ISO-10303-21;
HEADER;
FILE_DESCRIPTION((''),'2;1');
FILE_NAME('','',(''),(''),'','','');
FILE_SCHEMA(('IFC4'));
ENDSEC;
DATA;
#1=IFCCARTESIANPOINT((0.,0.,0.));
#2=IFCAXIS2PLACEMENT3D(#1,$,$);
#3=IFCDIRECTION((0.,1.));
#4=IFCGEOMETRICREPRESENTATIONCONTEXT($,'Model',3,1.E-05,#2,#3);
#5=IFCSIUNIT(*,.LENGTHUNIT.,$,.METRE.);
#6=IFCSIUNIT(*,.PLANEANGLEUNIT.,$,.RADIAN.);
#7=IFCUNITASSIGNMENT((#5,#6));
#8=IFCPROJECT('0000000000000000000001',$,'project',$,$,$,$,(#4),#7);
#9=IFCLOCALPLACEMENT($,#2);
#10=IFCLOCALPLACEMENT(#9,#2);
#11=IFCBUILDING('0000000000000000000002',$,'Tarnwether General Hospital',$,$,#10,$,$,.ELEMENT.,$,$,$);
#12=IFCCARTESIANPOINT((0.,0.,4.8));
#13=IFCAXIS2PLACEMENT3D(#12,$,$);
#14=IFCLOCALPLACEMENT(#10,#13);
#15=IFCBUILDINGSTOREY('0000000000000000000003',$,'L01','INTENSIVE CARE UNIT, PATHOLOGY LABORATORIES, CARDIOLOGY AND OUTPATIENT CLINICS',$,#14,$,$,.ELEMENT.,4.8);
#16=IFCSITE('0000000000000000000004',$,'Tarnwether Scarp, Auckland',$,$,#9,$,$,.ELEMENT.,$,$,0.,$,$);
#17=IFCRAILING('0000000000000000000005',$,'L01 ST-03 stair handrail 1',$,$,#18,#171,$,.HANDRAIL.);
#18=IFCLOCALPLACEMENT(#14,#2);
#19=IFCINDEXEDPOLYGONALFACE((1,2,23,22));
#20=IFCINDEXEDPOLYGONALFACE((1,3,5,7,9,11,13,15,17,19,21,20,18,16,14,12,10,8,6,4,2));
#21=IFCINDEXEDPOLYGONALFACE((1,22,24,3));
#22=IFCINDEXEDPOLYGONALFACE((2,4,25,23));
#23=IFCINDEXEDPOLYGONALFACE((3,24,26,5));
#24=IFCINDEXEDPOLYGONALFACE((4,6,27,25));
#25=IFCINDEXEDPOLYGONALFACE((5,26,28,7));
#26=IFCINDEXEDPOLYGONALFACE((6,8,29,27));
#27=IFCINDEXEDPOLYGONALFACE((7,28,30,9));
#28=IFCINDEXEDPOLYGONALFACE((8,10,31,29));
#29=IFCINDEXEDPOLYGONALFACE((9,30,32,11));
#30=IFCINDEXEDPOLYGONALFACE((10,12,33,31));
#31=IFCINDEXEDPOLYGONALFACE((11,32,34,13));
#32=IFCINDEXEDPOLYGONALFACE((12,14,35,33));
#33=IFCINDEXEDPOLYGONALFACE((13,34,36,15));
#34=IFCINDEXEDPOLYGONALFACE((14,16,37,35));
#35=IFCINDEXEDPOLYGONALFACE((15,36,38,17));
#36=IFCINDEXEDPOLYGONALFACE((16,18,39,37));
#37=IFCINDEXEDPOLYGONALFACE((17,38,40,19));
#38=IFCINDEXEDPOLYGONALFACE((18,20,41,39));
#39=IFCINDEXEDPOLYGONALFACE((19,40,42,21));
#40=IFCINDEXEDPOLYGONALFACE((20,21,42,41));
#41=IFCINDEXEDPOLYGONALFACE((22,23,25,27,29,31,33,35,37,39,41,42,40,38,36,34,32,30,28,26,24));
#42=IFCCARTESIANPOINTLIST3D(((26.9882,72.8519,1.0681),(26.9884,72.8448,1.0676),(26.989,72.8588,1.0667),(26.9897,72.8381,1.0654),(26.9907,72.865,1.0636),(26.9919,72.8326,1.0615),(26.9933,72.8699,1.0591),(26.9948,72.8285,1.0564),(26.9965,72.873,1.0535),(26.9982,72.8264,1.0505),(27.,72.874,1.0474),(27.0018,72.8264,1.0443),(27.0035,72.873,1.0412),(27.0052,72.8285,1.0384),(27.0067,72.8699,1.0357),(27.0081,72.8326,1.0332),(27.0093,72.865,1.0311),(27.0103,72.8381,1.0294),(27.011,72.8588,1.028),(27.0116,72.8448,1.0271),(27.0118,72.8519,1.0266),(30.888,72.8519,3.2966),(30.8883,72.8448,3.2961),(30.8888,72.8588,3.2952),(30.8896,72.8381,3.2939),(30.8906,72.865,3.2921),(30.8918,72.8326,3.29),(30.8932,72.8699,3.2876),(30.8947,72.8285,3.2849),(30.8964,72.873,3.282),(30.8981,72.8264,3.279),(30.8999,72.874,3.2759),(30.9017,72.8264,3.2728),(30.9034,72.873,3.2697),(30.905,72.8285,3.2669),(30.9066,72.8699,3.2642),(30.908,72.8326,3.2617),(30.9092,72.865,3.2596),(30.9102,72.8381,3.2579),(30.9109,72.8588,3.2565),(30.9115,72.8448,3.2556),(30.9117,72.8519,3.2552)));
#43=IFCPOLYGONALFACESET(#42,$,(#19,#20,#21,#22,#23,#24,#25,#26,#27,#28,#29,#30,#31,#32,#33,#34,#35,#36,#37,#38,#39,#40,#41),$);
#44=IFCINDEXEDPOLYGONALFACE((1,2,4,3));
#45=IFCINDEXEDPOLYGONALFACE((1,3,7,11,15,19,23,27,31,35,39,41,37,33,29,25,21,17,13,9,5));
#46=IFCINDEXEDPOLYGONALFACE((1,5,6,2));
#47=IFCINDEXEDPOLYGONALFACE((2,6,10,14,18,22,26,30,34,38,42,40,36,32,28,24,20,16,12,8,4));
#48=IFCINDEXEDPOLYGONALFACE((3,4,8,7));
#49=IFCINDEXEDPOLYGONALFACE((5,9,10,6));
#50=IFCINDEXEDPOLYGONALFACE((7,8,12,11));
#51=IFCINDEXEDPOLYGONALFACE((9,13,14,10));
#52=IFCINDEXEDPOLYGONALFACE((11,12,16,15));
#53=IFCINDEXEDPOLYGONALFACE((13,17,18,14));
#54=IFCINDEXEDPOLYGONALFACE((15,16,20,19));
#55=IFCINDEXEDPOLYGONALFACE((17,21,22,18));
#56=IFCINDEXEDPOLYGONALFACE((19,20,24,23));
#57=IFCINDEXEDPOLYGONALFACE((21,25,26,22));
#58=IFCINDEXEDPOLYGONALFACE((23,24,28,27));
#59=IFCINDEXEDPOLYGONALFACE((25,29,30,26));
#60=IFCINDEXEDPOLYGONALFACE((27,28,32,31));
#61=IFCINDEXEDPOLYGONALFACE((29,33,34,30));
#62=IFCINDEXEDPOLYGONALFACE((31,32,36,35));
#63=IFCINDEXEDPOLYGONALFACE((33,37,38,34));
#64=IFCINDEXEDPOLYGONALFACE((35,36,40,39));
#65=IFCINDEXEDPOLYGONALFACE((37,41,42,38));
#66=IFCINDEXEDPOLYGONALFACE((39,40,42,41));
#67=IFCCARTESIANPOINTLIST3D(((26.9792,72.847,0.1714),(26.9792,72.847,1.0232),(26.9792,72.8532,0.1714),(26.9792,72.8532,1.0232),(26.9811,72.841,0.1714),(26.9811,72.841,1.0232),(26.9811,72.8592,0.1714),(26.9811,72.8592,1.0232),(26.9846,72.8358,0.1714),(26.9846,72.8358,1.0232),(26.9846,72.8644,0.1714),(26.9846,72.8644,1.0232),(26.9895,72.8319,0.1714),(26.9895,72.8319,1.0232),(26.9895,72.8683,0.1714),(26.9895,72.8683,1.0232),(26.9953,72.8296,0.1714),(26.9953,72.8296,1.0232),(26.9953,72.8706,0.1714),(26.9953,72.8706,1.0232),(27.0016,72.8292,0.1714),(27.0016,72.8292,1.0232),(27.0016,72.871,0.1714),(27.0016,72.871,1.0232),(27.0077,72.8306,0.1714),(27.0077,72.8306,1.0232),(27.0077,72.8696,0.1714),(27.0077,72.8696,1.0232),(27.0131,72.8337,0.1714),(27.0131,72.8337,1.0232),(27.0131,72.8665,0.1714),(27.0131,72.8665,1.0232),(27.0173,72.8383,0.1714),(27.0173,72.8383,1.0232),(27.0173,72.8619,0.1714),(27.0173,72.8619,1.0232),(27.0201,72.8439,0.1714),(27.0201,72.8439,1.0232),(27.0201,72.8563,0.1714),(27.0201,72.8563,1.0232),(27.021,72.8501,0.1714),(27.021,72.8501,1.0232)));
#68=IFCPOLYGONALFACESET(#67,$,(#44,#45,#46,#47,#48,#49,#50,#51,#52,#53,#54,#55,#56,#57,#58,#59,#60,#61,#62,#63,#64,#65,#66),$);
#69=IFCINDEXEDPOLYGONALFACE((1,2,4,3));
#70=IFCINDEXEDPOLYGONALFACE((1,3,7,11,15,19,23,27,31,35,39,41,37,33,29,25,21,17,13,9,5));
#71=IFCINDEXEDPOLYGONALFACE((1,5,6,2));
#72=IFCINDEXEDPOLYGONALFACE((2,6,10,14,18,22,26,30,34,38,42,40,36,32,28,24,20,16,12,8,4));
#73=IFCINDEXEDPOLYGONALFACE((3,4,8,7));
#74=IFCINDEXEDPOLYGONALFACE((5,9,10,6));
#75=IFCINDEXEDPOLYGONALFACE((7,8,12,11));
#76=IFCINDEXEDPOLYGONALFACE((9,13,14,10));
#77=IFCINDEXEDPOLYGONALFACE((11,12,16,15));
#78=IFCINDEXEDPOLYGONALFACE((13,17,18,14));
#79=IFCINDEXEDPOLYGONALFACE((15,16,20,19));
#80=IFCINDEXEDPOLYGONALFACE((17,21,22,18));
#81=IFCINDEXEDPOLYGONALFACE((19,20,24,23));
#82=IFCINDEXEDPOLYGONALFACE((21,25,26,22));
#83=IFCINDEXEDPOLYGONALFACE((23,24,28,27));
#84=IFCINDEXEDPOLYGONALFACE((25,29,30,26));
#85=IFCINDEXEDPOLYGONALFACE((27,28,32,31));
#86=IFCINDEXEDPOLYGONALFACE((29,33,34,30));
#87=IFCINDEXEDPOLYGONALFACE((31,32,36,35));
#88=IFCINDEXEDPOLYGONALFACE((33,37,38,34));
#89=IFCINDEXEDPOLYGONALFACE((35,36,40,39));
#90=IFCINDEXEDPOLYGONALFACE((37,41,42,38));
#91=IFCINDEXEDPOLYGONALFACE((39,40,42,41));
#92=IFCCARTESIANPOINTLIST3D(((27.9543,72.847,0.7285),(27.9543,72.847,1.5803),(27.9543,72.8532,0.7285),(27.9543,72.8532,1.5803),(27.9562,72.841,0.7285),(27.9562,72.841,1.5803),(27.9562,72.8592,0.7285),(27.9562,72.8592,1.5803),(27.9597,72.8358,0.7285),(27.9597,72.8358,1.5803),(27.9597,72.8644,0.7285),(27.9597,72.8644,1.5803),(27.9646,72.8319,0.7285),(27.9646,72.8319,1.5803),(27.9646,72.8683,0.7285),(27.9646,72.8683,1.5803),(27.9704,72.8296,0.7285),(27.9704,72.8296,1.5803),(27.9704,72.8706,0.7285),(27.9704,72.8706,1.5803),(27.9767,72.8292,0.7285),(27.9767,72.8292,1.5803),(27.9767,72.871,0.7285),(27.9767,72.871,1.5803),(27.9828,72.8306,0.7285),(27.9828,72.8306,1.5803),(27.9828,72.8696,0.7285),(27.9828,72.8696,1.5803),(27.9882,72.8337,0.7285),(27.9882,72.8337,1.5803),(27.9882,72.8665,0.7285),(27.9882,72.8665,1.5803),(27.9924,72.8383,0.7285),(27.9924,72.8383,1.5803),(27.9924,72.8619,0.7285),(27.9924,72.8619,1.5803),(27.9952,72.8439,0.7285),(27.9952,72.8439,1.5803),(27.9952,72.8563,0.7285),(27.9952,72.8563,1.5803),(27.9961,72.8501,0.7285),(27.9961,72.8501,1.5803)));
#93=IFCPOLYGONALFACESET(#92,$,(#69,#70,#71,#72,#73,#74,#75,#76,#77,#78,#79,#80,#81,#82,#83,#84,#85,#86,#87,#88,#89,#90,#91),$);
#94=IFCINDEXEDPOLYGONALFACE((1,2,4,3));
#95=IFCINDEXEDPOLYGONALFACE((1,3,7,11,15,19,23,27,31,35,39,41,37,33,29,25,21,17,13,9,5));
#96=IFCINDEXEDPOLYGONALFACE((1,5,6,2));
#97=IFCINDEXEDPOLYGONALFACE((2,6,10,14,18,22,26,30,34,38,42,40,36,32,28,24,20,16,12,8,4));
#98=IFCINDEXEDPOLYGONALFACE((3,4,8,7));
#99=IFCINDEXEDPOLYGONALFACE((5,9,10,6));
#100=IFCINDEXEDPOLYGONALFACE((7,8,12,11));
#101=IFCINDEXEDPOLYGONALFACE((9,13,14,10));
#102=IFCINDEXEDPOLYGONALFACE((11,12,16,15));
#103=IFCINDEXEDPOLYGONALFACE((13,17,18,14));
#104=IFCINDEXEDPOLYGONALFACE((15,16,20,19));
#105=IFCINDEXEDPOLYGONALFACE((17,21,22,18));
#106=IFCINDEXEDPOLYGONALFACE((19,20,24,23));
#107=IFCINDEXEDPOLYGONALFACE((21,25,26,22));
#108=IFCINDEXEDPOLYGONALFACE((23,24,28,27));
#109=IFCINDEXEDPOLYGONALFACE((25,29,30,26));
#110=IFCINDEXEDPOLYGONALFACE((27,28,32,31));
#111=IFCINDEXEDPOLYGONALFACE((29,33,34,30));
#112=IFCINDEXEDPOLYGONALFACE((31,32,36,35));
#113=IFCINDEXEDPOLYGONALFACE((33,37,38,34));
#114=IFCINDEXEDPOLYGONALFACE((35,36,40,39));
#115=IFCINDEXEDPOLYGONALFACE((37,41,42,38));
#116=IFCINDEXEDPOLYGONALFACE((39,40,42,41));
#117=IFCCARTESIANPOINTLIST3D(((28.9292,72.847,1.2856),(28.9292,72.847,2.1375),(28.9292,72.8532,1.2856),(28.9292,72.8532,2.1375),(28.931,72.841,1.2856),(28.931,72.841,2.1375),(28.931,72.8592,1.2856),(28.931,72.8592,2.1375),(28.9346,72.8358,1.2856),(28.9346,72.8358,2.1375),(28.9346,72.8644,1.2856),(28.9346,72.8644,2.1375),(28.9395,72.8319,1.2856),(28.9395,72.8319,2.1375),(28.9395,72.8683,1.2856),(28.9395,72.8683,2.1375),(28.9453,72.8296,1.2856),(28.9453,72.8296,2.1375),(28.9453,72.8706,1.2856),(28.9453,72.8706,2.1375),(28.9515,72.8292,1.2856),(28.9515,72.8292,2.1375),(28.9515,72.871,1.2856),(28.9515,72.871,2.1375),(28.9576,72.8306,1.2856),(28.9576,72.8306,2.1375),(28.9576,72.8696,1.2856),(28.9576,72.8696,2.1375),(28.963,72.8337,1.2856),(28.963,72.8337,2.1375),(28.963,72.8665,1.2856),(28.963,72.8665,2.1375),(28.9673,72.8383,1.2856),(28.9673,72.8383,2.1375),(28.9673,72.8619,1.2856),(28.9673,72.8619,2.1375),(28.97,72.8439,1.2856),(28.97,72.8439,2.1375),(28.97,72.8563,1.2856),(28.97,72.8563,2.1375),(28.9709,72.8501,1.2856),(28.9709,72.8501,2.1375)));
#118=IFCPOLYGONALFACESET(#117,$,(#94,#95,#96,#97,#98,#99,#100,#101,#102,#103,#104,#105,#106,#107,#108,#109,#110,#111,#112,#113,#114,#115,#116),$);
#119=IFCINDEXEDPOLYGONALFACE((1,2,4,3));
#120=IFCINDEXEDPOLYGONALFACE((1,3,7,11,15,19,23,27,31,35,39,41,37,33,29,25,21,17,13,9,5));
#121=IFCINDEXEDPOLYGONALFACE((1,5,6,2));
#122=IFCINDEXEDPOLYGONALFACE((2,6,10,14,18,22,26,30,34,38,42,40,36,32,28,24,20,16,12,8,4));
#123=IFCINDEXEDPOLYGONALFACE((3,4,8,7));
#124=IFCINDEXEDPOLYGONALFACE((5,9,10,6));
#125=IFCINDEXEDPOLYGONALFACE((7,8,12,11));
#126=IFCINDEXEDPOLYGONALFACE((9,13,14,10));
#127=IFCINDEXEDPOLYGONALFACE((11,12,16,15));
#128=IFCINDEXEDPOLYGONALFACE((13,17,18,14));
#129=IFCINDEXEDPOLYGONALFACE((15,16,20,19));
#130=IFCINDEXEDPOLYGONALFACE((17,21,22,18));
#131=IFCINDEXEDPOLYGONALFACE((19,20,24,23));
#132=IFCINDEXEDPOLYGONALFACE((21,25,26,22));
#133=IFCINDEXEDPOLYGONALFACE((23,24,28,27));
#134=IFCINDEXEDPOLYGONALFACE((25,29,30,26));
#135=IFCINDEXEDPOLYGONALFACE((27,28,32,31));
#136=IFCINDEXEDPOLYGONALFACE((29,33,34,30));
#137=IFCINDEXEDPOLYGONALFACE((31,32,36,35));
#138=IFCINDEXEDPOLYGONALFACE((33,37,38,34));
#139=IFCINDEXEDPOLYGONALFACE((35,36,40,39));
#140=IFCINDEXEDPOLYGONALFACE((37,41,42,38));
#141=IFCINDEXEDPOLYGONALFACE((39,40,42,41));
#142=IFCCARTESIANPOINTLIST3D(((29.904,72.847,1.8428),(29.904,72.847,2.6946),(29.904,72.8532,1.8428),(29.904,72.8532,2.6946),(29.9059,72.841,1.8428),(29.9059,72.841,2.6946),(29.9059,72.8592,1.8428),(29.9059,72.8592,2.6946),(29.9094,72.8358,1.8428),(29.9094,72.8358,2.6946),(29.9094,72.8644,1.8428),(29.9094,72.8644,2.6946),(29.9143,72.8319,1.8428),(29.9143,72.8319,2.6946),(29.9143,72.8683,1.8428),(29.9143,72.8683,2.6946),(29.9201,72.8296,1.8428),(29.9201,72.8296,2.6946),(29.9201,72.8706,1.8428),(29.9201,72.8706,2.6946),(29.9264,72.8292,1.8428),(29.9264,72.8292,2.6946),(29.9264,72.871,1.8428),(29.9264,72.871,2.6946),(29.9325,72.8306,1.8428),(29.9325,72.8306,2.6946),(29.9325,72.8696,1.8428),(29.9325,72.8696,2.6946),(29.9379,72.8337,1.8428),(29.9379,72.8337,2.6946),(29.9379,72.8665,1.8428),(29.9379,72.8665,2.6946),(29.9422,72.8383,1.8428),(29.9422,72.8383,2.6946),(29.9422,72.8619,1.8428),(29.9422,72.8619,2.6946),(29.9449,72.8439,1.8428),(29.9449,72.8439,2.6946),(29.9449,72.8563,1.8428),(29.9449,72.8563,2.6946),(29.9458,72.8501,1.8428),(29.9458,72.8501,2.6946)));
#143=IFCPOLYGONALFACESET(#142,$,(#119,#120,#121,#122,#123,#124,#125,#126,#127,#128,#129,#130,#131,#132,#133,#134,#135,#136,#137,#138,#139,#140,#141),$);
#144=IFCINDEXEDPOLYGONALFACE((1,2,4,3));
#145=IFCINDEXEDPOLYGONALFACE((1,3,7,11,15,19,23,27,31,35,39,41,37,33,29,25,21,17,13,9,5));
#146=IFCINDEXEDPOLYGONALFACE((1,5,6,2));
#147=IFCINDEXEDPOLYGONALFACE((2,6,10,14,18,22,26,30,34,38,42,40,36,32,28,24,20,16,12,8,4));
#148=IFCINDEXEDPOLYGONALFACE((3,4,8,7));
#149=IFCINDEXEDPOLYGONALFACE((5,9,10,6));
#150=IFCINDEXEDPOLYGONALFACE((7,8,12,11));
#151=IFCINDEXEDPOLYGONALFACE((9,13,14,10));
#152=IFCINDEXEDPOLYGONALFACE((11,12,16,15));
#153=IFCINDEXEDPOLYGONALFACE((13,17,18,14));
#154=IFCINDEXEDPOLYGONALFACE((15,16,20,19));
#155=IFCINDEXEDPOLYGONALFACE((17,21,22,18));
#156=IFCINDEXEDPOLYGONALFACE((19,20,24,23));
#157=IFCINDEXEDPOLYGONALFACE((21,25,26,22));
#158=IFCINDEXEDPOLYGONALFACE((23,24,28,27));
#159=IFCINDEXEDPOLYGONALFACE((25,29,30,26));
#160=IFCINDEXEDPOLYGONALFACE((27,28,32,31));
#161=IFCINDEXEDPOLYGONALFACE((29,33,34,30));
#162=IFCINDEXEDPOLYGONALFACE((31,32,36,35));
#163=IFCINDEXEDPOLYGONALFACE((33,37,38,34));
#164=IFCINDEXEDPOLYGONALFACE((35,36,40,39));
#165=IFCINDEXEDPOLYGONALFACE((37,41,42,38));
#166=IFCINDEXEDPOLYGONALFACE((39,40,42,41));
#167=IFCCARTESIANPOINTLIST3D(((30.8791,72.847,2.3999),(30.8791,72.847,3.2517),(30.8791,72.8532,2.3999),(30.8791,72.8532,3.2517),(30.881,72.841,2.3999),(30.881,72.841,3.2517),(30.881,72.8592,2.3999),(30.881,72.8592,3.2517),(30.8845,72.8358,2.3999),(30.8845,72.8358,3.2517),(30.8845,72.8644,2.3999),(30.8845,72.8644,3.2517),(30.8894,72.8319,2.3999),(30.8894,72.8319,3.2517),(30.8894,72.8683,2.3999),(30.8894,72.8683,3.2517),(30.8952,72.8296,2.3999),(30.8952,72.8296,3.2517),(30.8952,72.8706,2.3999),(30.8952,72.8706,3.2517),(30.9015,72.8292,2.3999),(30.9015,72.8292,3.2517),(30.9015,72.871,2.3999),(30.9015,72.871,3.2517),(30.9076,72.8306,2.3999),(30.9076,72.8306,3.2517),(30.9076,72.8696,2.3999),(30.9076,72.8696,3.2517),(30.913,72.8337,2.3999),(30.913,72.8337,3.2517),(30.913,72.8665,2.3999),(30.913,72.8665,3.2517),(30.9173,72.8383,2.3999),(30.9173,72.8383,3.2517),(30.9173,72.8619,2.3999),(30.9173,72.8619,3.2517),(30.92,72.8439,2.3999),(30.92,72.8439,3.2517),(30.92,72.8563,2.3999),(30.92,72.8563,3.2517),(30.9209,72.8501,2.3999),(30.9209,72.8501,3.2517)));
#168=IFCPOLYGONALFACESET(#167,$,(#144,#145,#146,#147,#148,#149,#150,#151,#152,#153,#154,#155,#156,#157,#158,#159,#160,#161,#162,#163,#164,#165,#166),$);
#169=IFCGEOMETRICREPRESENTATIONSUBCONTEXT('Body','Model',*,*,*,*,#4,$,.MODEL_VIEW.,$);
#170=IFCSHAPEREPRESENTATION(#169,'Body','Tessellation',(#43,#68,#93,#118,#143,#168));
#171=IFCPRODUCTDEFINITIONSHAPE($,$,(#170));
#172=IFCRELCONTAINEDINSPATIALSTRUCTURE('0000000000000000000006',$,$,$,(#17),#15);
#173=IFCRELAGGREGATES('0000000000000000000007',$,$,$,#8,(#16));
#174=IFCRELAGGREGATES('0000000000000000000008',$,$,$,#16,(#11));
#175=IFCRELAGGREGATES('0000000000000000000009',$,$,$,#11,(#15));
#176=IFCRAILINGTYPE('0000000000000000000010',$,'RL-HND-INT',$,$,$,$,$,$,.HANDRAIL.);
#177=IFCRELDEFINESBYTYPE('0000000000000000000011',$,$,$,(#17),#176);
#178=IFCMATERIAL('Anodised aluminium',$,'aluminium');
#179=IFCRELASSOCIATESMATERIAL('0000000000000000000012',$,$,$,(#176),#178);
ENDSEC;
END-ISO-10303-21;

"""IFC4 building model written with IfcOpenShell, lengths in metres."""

from ifc_helpers import new_model, si_unit, direction, frame, origin, origin_2d, place, context, subcontext, project, spatial, circle, extrude, material, type_object, element, save


model = new_model("IFC4")

# Units and contexts
model_context = context("Model", 3, precision=1e-05, world=origin(), true_north=direction((0.0, 1.0)))
body_context = subcontext(model_context, "Body", "Model", "MODEL_VIEW")
ifc_project = project(units=[si_unit("LENGTHUNIT", "METRE"), si_unit("PLANEANGLEUNIT", "RADIAN")], contexts=[model_context])

# Site, building, storey
site_placement = place(None, origin())
site = spatial("IfcSite", under=ifc_project, at=site_placement, Name="Tarnwether Scarp, Auckland", CompositionType="ELEMENT", RefElevation=0.0)
building_placement = place(site_placement, origin())
building = spatial("IfcBuilding", under=site, at=building_placement, Name="Tarnwether General Hospital", CompositionType="ELEMENT")
storey_placement = place(building_placement, frame((0.0, 0.0, 4.8)))
storey = spatial("IfcBuildingStorey", under=building, at=storey_placement, Name="L01", Description="INTENSIVE CARE UNIT, PATHOLOGY LABORATORIES, CARDIOLOGY AND OUTPATIENT CLINICS", CompositionType="ELEMENT", Elevation=4.8)

# Railing
ifc_material_1 = material(Name="Anodised aluminium", Category="aluminium")
railing_type_1 = type_object("IfcRailingType", Name="RL-HND-INT", PredefinedType="HANDRAIL", material=ifc_material_1)
railing_1_placement = place(storey_placement, frame((27.0, 72.8501, 0.1714)))
element("IfcRailing", 1, at=railing_1_placement, inside=storey, type_object=railing_type_1, Name="L01 ST-03 stair handrail 1", PredefinedType="HANDRAIL", context=body_context, shape_type="SweptSolid", body=[
    extrude(circle(Radius=0.0239, at=origin_2d()), frame((0.0, 0.0, 0.876), z_axis=(0.868243, 0.0, 0.496139), x_axis=(0.0, 1.0, 0.0)), (0.0, 0.0, 1.0), 4.4917),
    extrude(circle(Radius=0.021, at=origin_2d()), origin(), (0.0, 0.0, 1.0), 0.8518),
    extrude(circle(Radius=0.021, at=origin_2d()), frame((0.9751, 0.0, 0.5571)), (0.0, 0.0, 1.0), 0.8518),
    extrude(circle(Radius=0.021, at=origin_2d()), frame((1.95, 0.0, 1.1143)), (0.0, 0.0, 1.0), 0.8518),
    extrude(circle(Radius=0.021, at=origin_2d()), frame((2.9248, 0.0, 1.6714)), (0.0, 0.0, 1.0), 0.8518),
    extrude(circle(Radius=0.021, at=origin_2d()), frame((3.8999, 0.0, 2.2285)), (0.0, 0.0, 1.0), 0.8518),
])

save(model, "model.ifc")
